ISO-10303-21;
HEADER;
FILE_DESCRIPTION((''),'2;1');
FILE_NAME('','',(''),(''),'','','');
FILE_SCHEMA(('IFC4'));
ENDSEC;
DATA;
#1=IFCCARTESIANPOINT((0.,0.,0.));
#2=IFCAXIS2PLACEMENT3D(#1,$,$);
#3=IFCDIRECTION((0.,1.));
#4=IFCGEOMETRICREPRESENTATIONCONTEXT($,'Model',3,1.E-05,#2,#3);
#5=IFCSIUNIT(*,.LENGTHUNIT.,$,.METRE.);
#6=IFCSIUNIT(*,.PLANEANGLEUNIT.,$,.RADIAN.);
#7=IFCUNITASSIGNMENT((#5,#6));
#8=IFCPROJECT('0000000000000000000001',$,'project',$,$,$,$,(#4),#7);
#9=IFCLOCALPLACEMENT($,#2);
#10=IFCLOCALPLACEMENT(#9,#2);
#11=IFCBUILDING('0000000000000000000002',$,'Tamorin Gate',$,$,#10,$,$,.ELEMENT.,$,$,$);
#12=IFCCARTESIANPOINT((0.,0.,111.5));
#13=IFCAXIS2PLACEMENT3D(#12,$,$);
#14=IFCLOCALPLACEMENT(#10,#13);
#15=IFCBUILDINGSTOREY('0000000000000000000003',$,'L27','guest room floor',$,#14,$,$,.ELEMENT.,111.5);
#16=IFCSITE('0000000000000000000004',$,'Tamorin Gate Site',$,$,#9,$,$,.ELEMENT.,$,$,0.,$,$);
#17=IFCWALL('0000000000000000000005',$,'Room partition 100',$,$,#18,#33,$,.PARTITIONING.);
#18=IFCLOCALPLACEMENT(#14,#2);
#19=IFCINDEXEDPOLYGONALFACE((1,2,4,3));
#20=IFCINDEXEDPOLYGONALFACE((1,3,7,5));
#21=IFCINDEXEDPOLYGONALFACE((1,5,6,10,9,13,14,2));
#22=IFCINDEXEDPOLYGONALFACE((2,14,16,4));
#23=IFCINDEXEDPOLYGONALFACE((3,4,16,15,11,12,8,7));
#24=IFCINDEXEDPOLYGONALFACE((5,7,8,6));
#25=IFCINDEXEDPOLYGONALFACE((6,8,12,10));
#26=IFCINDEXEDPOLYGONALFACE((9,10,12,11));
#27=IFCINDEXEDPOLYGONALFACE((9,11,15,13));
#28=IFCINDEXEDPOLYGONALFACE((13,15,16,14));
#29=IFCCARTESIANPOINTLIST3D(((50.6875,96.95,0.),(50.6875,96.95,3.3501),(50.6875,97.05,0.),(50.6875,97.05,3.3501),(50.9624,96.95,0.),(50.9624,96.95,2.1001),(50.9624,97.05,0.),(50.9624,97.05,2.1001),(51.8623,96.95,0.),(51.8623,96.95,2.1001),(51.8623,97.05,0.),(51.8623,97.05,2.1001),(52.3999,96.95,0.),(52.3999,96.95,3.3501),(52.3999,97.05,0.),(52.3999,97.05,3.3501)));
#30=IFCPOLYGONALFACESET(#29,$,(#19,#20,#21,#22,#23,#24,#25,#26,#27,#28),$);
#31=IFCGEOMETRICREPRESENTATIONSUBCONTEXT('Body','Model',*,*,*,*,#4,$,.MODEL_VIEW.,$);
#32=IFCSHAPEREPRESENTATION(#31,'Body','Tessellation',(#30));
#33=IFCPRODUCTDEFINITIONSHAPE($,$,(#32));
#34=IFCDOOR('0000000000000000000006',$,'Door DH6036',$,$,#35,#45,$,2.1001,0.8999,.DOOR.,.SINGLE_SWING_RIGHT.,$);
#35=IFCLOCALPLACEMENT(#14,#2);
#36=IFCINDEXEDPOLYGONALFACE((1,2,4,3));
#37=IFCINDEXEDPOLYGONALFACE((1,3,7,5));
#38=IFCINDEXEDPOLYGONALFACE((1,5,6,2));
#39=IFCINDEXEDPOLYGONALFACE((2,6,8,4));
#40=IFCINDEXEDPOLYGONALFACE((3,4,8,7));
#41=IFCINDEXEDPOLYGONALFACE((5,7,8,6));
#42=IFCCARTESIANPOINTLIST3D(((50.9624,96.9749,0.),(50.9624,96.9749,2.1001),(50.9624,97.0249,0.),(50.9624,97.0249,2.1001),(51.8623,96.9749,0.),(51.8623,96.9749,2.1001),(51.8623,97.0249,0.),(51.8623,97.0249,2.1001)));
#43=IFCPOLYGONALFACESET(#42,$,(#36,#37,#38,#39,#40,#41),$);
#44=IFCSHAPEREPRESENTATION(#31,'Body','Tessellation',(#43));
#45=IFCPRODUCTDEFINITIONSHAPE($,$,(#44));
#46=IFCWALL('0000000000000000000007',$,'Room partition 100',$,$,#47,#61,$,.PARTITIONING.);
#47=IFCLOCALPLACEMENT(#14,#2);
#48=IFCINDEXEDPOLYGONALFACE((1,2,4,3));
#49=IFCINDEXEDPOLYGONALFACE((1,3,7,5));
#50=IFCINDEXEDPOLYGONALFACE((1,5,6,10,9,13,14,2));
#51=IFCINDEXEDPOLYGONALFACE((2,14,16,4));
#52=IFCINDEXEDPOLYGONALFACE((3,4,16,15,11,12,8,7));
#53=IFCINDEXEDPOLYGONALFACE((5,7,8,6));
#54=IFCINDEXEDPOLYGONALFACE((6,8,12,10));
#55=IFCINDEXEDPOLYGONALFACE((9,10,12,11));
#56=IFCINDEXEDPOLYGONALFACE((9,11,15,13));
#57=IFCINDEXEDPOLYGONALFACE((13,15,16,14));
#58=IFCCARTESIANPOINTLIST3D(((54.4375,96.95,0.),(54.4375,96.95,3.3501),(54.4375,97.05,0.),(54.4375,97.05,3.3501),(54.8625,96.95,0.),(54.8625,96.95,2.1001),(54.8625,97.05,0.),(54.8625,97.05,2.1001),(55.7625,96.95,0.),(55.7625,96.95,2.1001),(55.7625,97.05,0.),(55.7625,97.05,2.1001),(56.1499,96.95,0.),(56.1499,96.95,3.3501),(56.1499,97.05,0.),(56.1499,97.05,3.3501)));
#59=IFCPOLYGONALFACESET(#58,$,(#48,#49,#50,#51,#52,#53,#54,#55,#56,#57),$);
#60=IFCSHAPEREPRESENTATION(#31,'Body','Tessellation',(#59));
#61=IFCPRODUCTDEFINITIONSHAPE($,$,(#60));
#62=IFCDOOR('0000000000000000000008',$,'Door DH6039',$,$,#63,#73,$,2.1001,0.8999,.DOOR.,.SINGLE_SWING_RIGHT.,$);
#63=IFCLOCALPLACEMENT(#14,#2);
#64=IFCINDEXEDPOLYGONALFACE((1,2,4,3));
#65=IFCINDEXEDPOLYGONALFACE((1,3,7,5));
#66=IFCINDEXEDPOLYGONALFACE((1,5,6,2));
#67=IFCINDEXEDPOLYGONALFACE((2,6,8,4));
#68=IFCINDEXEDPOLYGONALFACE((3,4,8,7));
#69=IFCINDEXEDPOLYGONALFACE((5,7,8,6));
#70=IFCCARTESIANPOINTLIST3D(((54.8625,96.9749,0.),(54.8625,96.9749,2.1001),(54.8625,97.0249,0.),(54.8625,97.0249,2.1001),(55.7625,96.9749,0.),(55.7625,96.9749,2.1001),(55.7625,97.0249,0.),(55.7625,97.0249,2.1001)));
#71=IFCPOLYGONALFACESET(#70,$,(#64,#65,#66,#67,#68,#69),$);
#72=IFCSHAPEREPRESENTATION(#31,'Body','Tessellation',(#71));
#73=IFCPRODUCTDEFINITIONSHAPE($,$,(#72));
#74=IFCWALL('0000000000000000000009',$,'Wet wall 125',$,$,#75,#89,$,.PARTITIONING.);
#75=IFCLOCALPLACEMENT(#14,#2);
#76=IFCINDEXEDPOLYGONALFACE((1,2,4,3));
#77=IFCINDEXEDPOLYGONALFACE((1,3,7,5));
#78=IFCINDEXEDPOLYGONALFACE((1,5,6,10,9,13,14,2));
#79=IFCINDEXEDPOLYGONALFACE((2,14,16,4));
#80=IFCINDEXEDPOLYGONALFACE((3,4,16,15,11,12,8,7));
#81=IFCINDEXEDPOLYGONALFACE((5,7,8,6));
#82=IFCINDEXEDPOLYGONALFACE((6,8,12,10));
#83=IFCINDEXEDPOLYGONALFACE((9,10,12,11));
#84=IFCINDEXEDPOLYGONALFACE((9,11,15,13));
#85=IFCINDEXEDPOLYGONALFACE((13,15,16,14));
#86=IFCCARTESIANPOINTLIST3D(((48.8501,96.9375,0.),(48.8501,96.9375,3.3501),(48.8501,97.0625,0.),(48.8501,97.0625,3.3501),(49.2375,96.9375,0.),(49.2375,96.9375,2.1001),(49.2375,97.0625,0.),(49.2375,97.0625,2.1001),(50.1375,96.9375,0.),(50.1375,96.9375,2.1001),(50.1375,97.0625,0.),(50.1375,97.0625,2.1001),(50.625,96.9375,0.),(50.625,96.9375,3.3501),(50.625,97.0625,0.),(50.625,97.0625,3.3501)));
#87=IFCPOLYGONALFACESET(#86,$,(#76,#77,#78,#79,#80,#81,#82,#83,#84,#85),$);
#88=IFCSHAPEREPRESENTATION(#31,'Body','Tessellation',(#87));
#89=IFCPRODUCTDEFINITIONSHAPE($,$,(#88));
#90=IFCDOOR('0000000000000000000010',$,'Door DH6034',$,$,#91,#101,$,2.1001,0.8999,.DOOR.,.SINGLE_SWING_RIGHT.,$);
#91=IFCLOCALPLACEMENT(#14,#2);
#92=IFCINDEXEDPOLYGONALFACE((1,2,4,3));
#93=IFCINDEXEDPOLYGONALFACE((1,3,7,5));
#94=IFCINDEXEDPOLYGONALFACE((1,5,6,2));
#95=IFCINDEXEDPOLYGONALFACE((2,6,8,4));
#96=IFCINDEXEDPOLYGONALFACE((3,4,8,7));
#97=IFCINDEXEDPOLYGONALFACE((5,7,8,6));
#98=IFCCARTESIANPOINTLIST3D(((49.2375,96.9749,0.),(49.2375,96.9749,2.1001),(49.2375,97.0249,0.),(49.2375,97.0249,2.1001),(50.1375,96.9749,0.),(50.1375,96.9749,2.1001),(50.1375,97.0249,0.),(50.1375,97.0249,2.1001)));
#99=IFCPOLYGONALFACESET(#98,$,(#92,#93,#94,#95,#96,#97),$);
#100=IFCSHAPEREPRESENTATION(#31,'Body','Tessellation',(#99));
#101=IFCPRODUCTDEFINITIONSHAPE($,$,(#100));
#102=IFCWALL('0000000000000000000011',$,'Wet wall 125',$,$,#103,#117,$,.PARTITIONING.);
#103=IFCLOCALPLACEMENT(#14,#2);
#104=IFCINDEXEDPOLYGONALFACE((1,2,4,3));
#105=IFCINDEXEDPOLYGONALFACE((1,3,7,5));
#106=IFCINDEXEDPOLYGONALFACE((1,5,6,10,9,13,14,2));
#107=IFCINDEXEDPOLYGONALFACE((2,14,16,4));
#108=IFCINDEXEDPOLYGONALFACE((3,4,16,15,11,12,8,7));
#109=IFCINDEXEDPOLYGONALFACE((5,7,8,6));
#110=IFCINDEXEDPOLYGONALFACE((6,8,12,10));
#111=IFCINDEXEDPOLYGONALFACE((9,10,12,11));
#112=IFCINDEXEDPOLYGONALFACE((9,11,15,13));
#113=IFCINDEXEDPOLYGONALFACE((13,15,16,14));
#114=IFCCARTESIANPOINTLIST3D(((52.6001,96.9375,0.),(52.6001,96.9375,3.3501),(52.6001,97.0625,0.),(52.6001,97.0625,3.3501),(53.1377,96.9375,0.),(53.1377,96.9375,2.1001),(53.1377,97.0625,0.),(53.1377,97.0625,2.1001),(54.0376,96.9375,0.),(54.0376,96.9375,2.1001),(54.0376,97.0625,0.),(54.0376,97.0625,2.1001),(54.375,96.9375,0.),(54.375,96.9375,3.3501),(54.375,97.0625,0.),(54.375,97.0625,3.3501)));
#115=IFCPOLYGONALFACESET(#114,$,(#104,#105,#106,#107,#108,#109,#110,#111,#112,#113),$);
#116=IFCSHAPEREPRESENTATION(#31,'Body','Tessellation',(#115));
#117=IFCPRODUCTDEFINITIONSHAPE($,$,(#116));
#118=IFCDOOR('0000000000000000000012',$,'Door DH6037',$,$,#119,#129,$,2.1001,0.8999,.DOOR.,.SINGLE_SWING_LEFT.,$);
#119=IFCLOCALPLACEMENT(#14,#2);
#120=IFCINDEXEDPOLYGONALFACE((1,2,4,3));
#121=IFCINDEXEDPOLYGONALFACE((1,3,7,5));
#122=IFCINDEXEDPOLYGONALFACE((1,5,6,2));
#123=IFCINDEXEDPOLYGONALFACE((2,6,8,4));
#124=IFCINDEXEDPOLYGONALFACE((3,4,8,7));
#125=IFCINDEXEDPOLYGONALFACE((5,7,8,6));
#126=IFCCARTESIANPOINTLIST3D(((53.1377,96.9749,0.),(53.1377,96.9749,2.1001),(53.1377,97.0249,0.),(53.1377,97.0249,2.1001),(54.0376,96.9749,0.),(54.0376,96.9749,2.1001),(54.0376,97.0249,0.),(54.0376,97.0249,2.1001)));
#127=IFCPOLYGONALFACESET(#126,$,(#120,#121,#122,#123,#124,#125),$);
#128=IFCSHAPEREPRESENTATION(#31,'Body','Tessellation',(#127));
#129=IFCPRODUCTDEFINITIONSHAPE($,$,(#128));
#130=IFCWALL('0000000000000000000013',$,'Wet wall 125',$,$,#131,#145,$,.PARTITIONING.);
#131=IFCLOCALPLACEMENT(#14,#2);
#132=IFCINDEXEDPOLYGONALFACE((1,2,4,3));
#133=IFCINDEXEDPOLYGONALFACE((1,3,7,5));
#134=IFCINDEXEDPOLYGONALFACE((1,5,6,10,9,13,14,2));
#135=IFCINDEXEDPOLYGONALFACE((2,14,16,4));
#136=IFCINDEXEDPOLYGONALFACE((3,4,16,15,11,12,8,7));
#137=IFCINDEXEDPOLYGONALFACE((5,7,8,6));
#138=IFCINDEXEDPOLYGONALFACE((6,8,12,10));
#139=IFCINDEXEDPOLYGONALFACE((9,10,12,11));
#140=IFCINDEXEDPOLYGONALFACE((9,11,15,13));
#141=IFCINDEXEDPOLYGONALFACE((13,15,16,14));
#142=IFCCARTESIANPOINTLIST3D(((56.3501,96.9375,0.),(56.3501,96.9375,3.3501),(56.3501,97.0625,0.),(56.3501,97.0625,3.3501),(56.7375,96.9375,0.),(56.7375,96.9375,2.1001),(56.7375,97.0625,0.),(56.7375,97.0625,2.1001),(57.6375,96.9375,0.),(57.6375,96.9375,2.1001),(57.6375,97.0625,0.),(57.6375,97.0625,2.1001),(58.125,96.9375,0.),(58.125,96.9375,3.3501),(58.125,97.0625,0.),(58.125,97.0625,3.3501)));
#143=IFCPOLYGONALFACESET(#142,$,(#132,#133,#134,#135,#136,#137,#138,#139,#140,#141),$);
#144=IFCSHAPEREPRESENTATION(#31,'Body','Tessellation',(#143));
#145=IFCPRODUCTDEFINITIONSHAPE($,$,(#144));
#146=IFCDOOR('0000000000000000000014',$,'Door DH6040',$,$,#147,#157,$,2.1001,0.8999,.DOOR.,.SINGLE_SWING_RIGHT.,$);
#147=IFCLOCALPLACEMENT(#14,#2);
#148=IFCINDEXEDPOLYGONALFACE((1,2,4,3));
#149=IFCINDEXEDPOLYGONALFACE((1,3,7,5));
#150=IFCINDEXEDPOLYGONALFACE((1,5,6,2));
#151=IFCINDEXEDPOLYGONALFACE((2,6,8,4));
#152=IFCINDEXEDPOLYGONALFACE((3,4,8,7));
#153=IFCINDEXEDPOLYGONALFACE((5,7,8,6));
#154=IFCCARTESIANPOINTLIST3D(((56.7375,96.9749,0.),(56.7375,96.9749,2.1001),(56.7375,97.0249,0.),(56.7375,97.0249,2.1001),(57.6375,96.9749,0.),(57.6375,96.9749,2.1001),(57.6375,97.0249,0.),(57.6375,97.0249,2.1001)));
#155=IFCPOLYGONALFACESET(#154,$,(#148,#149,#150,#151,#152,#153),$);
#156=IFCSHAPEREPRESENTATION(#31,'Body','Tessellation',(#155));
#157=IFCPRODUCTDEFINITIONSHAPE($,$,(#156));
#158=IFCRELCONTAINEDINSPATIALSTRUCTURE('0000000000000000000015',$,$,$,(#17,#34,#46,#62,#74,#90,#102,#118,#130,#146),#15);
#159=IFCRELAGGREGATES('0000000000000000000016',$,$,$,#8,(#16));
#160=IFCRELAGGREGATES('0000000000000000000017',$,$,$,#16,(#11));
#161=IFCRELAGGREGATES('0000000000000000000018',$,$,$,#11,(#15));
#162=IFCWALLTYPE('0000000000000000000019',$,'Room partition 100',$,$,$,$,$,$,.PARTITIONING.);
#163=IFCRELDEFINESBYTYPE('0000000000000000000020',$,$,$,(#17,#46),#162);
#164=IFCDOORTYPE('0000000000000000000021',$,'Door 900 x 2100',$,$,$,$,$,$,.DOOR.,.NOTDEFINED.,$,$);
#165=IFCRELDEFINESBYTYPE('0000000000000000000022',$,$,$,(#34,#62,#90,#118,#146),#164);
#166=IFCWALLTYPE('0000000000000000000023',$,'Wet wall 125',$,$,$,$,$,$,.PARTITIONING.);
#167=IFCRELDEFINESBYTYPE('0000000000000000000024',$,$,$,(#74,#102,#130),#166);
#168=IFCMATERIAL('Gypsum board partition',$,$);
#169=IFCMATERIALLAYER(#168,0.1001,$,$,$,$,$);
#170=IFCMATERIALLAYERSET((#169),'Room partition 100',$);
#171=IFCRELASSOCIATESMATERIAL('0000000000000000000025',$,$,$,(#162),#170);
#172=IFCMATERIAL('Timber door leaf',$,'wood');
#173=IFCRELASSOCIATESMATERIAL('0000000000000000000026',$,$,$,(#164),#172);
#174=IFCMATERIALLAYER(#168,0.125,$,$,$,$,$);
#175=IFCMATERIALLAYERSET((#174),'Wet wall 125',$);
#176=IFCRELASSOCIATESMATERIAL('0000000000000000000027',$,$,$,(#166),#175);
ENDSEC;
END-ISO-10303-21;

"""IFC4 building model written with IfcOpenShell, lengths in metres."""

from ifc_helpers import new_model, si_unit, direction, frame, frame_2d, origin, place, context, subcontext, project, spatial, rectangle, extrude, material, layer, layer_set, type_object, element, fill, save


model = new_model("IFC4")

# Units and contexts
model_context = context("Model", 3, precision=1e-05, world=origin(), true_north=direction((0.0, 1.0)))
body_context = subcontext(model_context, "Body", "Model", "MODEL_VIEW")
ifc_project = project(units=[si_unit("LENGTHUNIT", "METRE"), si_unit("PLANEANGLEUNIT", "RADIAN")], contexts=[model_context])

# Site, building, storey
site_placement = place(None, origin())
site = spatial("IfcSite", under=ifc_project, at=site_placement, Name="Tamorin Gate Site", CompositionType="ELEMENT", RefElevation=0.0)
building_placement = place(site_placement, origin())
building = spatial("IfcBuilding", under=site, at=building_placement, Name="Tamorin Gate", CompositionType="ELEMENT")
storey_placement = place(building_placement, frame((0.0, 0.0, 111.5)))
storey = spatial("IfcBuildingStorey", under=building, at=storey_placement, Name="L27", Description="guest room floor", CompositionType="ELEMENT", Elevation=111.5)

# Walls, openings, doors
ifc_material_1 = material(Name="Gypsum board partition")
ifc_layer_1 = layer(ifc_material_1, 0.1001)
ifc_layer_set_1 = layer_set([ifc_layer_1], Name="Room partition 100")
wall_type_1 = type_object("IfcWallType", Name="Room partition 100", PredefinedType="PARTITIONING", material=ifc_layer_set_1)
wall_1_placement = place(storey_placement, frame((50.6875, 97.0, 0.0), z_axis=(0.0, 0.0, 1.0), x_axis=(1.0, 0.0, 0.0)))
wall_1 = element("IfcWall", 1, at=wall_1_placement, inside=storey, type_object=wall_type_1, Name="Room partition 100", PredefinedType="PARTITIONING", context=body_context, shape_type="SweptSolid", body=[
    extrude(rectangle(XDim=1.7124, YDim=0.1001, at=frame_2d((0.8562, 0.0))), origin(), (0.0, 0.0, 1.0), 3.3501),
])
opening_1_placement = place(wall_1_placement, frame((0.2749, 0.0, 0.0)))
opening_1 = element("IfcOpeningElement", 2, at=opening_1_placement, cuts=wall_1, PredefinedType="OPENING", context=body_context, shape_type="SweptSolid", body=[
    extrude(rectangle(XDim=0.8999, YDim=2.1001, at=frame_2d((0.45, 1.05))), frame((0.0, 0.0601, 0.0), z_axis=(0.0, -1.0, 0.0), x_axis=(1.0, 0.0, 0.0)), (0.0, 0.0, 1.0), 0.1201),
])
ifc_material_2 = material(Name="Timber door leaf", Category="wood")
door_type = type_object("IfcDoorType", Name="Door 900 x 2100", OperationType="NOTDEFINED", PredefinedType="DOOR", material=ifc_material_2)
door_1_placement = place(opening_1_placement, origin())
door_1 = element("IfcDoor", 3, at=door_1_placement, inside=storey, type_object=door_type, Name="Door DH6036", OperationType="SINGLE_SWING_RIGHT", OverallHeight=2.1001, OverallWidth=0.8999, PredefinedType="DOOR", context=body_context, shape_type="SweptSolid", body=[
    extrude(rectangle(XDim=0.8999, YDim=2.1001, at=frame_2d((0.45, 1.05))), frame((0.0, 0.0249, 0.0), z_axis=(0.0, -1.0, 0.0), x_axis=(1.0, 0.0, 0.0)), (0.0, 0.0, 1.0), 0.05),
])
fill(opening_1, door_1)
wall_2_placement = place(storey_placement, frame((54.4375, 97.0, 0.0), z_axis=(0.0, 0.0, 1.0), x_axis=(1.0, 0.0, 0.0)))
wall_2 = element("IfcWall", 4, at=wall_2_placement, inside=storey, type_object=wall_type_1, Name="Room partition 100", PredefinedType="PARTITIONING", context=body_context, shape_type="SweptSolid", body=[
    extrude(rectangle(XDim=1.7124, YDim=0.1001, at=frame_2d((0.8562, 0.0))), origin(), (0.0, 0.0, 1.0), 3.3501),
])
opening_2_placement = place(wall_2_placement, frame((0.425, 0.0, 0.0)))
opening_2 = element("IfcOpeningElement", 5, at=opening_2_placement, cuts=wall_2, PredefinedType="OPENING", context=body_context, shape_type="SweptSolid", body=[
    extrude(rectangle(XDim=0.8999, YDim=2.1001, at=frame_2d((0.45, 1.05))), frame((0.0, 0.0601, 0.0), z_axis=(0.0, -1.0, 0.0), x_axis=(1.0, 0.0, 0.0)), (0.0, 0.0, 1.0), 0.1201),
])
door_2_placement = place(opening_2_placement, origin())
door_2 = element("IfcDoor", 6, at=door_2_placement, inside=storey, type_object=door_type, Name="Door DH6039", OperationType="SINGLE_SWING_RIGHT", OverallHeight=2.1001, OverallWidth=0.8999, PredefinedType="DOOR", context=body_context, shape_type="SweptSolid", body=[
    extrude(rectangle(XDim=0.8999, YDim=2.1001, at=frame_2d((0.45, 1.05))), frame((0.0, 0.0249, 0.0), z_axis=(0.0, -1.0, 0.0), x_axis=(1.0, 0.0, 0.0)), (0.0, 0.0, 1.0), 0.05),
])
fill(opening_2, door_2)
ifc_layer_2 = layer(ifc_material_1, 0.125)
ifc_layer_set_2 = layer_set([ifc_layer_2], Name="Wet wall 125")
wall_type_2 = type_object("IfcWallType", Name="Wet wall 125", PredefinedType="PARTITIONING", material=ifc_layer_set_2)
wall_3_placement = place(storey_placement, frame((48.8501, 97.0, 0.0), z_axis=(0.0, 0.0, 1.0), x_axis=(1.0, 0.0, 0.0)))
wall_3 = element("IfcWall", 7, at=wall_3_placement, inside=storey, type_object=wall_type_2, Name="Wet wall 125", PredefinedType="PARTITIONING", context=body_context, shape_type="SweptSolid", body=[
    extrude(rectangle(XDim=1.7749, YDim=0.125, at=frame_2d((0.8875, 0.0))), origin(), (0.0, 0.0, 1.0), 3.3501),
])
opening_3_placement = place(wall_3_placement, frame((0.3875, 0.0, 0.0)))
opening_3 = element("IfcOpeningElement", 8, at=opening_3_placement, cuts=wall_3, PredefinedType="OPENING", context=body_context, shape_type="SweptSolid", body=[
    extrude(rectangle(XDim=0.8999, YDim=2.1001, at=frame_2d((0.45, 1.05))), frame((0.0, 0.0725, 0.0), z_axis=(0.0, -1.0, 0.0), x_axis=(1.0, 0.0, 0.0)), (0.0, 0.0, 1.0), 0.145),
])
door_3_placement = place(opening_3_placement, origin())
door_3 = element("IfcDoor", 9, at=door_3_placement, inside=storey, type_object=door_type, Name="Door DH6034", OperationType="SINGLE_SWING_RIGHT", OverallHeight=2.1001, OverallWidth=0.8999, PredefinedType="DOOR", context=body_context, shape_type="SweptSolid", body=[
    extrude(rectangle(XDim=0.8999, YDim=2.1001, at=frame_2d((0.45, 1.05))), frame((0.0, 0.0249, 0.0), z_axis=(0.0, -1.0, 0.0), x_axis=(1.0, 0.0, 0.0)), (0.0, 0.0, 1.0), 0.05),
])
fill(opening_3, door_3)
wall_4_placement = place(storey_placement, frame((52.6001, 97.0, 0.0), z_axis=(0.0, 0.0, 1.0), x_axis=(1.0, 0.0, 0.0)))
wall_4 = element("IfcWall", 10, at=wall_4_placement, inside=storey, type_object=wall_type_2, Name="Wet wall 125", PredefinedType="PARTITIONING", context=body_context, shape_type="SweptSolid", body=[
    extrude(rectangle(XDim=1.7749, YDim=0.125, at=frame_2d((0.8875, 0.0))), origin(), (0.0, 0.0, 1.0), 3.3501),
])
opening_4_placement = place(wall_4_placement, frame((0.5376, 0.0, 0.0)))
opening_4 = element("IfcOpeningElement", 11, at=opening_4_placement, cuts=wall_4, PredefinedType="OPENING", context=body_context, shape_type="SweptSolid", body=[
    extrude(rectangle(XDim=0.8999, YDim=2.1001, at=frame_2d((0.45, 1.05))), frame((0.0, 0.0725, 0.0), z_axis=(0.0, -1.0, 0.0), x_axis=(1.0, 0.0, 0.0)), (0.0, 0.0, 1.0), 0.145),
])
door_4_placement = place(opening_4_placement, origin())
door_4 = element("IfcDoor", 12, at=door_4_placement, inside=storey, type_object=door_type, Name="Door DH6037", OperationType="SINGLE_SWING_LEFT", OverallHeight=2.1001, OverallWidth=0.8999, PredefinedType="DOOR", context=body_context, shape_type="SweptSolid", body=[
    extrude(rectangle(XDim=0.8999, YDim=2.1001, at=frame_2d((0.45, 1.05))), frame((0.0, 0.0249, 0.0), z_axis=(0.0, -1.0, 0.0), x_axis=(1.0, 0.0, 0.0)), (0.0, 0.0, 1.0), 0.05),
])
fill(opening_4, door_4)
wall_5_placement = place(storey_placement, frame((56.3501, 97.0, 0.0), z_axis=(0.0, 0.0, 1.0), x_axis=(1.0, 0.0, 0.0)))
wall_5 = element("IfcWall", 13, at=wall_5_placement, inside=storey, type_object=wall_type_2, Name="Wet wall 125", PredefinedType="PARTITIONING", context=body_context, shape_type="SweptSolid", body=[
    extrude(rectangle(XDim=1.7749, YDim=0.125, at=frame_2d((0.8875, 0.0))), origin(), (0.0, 0.0, 1.0), 3.3501),
])
opening_5_placement = place(wall_5_placement, frame((0.3875, 0.0, 0.0)))
opening_5 = element("IfcOpeningElement", 14, at=opening_5_placement, cuts=wall_5, PredefinedType="OPENING", context=body_context, shape_type="SweptSolid", body=[
    extrude(rectangle(XDim=0.8999, YDim=2.1001, at=frame_2d((0.45, 1.05))), frame((0.0, 0.0725, 0.0), z_axis=(0.0, -1.0, 0.0), x_axis=(1.0, 0.0, 0.0)), (0.0, 0.0, 1.0), 0.145),
])
door_5_placement = place(opening_5_placement, origin())
door_5 = element("IfcDoor", 15, at=door_5_placement, inside=storey, type_object=door_type, Name="Door DH6040", OperationType="SINGLE_SWING_RIGHT", OverallHeight=2.1001, OverallWidth=0.8999, PredefinedType="DOOR", context=body_context, shape_type="SweptSolid", body=[
    extrude(rectangle(XDim=0.8999, YDim=2.1001, at=frame_2d((0.45, 1.05))), frame((0.0, 0.0249, 0.0), z_axis=(0.0, -1.0, 0.0), x_axis=(1.0, 0.0, 0.0)), (0.0, 0.0, 1.0), 0.05),
])
fill(opening_5, door_5)

save(model, "model.ifc")
